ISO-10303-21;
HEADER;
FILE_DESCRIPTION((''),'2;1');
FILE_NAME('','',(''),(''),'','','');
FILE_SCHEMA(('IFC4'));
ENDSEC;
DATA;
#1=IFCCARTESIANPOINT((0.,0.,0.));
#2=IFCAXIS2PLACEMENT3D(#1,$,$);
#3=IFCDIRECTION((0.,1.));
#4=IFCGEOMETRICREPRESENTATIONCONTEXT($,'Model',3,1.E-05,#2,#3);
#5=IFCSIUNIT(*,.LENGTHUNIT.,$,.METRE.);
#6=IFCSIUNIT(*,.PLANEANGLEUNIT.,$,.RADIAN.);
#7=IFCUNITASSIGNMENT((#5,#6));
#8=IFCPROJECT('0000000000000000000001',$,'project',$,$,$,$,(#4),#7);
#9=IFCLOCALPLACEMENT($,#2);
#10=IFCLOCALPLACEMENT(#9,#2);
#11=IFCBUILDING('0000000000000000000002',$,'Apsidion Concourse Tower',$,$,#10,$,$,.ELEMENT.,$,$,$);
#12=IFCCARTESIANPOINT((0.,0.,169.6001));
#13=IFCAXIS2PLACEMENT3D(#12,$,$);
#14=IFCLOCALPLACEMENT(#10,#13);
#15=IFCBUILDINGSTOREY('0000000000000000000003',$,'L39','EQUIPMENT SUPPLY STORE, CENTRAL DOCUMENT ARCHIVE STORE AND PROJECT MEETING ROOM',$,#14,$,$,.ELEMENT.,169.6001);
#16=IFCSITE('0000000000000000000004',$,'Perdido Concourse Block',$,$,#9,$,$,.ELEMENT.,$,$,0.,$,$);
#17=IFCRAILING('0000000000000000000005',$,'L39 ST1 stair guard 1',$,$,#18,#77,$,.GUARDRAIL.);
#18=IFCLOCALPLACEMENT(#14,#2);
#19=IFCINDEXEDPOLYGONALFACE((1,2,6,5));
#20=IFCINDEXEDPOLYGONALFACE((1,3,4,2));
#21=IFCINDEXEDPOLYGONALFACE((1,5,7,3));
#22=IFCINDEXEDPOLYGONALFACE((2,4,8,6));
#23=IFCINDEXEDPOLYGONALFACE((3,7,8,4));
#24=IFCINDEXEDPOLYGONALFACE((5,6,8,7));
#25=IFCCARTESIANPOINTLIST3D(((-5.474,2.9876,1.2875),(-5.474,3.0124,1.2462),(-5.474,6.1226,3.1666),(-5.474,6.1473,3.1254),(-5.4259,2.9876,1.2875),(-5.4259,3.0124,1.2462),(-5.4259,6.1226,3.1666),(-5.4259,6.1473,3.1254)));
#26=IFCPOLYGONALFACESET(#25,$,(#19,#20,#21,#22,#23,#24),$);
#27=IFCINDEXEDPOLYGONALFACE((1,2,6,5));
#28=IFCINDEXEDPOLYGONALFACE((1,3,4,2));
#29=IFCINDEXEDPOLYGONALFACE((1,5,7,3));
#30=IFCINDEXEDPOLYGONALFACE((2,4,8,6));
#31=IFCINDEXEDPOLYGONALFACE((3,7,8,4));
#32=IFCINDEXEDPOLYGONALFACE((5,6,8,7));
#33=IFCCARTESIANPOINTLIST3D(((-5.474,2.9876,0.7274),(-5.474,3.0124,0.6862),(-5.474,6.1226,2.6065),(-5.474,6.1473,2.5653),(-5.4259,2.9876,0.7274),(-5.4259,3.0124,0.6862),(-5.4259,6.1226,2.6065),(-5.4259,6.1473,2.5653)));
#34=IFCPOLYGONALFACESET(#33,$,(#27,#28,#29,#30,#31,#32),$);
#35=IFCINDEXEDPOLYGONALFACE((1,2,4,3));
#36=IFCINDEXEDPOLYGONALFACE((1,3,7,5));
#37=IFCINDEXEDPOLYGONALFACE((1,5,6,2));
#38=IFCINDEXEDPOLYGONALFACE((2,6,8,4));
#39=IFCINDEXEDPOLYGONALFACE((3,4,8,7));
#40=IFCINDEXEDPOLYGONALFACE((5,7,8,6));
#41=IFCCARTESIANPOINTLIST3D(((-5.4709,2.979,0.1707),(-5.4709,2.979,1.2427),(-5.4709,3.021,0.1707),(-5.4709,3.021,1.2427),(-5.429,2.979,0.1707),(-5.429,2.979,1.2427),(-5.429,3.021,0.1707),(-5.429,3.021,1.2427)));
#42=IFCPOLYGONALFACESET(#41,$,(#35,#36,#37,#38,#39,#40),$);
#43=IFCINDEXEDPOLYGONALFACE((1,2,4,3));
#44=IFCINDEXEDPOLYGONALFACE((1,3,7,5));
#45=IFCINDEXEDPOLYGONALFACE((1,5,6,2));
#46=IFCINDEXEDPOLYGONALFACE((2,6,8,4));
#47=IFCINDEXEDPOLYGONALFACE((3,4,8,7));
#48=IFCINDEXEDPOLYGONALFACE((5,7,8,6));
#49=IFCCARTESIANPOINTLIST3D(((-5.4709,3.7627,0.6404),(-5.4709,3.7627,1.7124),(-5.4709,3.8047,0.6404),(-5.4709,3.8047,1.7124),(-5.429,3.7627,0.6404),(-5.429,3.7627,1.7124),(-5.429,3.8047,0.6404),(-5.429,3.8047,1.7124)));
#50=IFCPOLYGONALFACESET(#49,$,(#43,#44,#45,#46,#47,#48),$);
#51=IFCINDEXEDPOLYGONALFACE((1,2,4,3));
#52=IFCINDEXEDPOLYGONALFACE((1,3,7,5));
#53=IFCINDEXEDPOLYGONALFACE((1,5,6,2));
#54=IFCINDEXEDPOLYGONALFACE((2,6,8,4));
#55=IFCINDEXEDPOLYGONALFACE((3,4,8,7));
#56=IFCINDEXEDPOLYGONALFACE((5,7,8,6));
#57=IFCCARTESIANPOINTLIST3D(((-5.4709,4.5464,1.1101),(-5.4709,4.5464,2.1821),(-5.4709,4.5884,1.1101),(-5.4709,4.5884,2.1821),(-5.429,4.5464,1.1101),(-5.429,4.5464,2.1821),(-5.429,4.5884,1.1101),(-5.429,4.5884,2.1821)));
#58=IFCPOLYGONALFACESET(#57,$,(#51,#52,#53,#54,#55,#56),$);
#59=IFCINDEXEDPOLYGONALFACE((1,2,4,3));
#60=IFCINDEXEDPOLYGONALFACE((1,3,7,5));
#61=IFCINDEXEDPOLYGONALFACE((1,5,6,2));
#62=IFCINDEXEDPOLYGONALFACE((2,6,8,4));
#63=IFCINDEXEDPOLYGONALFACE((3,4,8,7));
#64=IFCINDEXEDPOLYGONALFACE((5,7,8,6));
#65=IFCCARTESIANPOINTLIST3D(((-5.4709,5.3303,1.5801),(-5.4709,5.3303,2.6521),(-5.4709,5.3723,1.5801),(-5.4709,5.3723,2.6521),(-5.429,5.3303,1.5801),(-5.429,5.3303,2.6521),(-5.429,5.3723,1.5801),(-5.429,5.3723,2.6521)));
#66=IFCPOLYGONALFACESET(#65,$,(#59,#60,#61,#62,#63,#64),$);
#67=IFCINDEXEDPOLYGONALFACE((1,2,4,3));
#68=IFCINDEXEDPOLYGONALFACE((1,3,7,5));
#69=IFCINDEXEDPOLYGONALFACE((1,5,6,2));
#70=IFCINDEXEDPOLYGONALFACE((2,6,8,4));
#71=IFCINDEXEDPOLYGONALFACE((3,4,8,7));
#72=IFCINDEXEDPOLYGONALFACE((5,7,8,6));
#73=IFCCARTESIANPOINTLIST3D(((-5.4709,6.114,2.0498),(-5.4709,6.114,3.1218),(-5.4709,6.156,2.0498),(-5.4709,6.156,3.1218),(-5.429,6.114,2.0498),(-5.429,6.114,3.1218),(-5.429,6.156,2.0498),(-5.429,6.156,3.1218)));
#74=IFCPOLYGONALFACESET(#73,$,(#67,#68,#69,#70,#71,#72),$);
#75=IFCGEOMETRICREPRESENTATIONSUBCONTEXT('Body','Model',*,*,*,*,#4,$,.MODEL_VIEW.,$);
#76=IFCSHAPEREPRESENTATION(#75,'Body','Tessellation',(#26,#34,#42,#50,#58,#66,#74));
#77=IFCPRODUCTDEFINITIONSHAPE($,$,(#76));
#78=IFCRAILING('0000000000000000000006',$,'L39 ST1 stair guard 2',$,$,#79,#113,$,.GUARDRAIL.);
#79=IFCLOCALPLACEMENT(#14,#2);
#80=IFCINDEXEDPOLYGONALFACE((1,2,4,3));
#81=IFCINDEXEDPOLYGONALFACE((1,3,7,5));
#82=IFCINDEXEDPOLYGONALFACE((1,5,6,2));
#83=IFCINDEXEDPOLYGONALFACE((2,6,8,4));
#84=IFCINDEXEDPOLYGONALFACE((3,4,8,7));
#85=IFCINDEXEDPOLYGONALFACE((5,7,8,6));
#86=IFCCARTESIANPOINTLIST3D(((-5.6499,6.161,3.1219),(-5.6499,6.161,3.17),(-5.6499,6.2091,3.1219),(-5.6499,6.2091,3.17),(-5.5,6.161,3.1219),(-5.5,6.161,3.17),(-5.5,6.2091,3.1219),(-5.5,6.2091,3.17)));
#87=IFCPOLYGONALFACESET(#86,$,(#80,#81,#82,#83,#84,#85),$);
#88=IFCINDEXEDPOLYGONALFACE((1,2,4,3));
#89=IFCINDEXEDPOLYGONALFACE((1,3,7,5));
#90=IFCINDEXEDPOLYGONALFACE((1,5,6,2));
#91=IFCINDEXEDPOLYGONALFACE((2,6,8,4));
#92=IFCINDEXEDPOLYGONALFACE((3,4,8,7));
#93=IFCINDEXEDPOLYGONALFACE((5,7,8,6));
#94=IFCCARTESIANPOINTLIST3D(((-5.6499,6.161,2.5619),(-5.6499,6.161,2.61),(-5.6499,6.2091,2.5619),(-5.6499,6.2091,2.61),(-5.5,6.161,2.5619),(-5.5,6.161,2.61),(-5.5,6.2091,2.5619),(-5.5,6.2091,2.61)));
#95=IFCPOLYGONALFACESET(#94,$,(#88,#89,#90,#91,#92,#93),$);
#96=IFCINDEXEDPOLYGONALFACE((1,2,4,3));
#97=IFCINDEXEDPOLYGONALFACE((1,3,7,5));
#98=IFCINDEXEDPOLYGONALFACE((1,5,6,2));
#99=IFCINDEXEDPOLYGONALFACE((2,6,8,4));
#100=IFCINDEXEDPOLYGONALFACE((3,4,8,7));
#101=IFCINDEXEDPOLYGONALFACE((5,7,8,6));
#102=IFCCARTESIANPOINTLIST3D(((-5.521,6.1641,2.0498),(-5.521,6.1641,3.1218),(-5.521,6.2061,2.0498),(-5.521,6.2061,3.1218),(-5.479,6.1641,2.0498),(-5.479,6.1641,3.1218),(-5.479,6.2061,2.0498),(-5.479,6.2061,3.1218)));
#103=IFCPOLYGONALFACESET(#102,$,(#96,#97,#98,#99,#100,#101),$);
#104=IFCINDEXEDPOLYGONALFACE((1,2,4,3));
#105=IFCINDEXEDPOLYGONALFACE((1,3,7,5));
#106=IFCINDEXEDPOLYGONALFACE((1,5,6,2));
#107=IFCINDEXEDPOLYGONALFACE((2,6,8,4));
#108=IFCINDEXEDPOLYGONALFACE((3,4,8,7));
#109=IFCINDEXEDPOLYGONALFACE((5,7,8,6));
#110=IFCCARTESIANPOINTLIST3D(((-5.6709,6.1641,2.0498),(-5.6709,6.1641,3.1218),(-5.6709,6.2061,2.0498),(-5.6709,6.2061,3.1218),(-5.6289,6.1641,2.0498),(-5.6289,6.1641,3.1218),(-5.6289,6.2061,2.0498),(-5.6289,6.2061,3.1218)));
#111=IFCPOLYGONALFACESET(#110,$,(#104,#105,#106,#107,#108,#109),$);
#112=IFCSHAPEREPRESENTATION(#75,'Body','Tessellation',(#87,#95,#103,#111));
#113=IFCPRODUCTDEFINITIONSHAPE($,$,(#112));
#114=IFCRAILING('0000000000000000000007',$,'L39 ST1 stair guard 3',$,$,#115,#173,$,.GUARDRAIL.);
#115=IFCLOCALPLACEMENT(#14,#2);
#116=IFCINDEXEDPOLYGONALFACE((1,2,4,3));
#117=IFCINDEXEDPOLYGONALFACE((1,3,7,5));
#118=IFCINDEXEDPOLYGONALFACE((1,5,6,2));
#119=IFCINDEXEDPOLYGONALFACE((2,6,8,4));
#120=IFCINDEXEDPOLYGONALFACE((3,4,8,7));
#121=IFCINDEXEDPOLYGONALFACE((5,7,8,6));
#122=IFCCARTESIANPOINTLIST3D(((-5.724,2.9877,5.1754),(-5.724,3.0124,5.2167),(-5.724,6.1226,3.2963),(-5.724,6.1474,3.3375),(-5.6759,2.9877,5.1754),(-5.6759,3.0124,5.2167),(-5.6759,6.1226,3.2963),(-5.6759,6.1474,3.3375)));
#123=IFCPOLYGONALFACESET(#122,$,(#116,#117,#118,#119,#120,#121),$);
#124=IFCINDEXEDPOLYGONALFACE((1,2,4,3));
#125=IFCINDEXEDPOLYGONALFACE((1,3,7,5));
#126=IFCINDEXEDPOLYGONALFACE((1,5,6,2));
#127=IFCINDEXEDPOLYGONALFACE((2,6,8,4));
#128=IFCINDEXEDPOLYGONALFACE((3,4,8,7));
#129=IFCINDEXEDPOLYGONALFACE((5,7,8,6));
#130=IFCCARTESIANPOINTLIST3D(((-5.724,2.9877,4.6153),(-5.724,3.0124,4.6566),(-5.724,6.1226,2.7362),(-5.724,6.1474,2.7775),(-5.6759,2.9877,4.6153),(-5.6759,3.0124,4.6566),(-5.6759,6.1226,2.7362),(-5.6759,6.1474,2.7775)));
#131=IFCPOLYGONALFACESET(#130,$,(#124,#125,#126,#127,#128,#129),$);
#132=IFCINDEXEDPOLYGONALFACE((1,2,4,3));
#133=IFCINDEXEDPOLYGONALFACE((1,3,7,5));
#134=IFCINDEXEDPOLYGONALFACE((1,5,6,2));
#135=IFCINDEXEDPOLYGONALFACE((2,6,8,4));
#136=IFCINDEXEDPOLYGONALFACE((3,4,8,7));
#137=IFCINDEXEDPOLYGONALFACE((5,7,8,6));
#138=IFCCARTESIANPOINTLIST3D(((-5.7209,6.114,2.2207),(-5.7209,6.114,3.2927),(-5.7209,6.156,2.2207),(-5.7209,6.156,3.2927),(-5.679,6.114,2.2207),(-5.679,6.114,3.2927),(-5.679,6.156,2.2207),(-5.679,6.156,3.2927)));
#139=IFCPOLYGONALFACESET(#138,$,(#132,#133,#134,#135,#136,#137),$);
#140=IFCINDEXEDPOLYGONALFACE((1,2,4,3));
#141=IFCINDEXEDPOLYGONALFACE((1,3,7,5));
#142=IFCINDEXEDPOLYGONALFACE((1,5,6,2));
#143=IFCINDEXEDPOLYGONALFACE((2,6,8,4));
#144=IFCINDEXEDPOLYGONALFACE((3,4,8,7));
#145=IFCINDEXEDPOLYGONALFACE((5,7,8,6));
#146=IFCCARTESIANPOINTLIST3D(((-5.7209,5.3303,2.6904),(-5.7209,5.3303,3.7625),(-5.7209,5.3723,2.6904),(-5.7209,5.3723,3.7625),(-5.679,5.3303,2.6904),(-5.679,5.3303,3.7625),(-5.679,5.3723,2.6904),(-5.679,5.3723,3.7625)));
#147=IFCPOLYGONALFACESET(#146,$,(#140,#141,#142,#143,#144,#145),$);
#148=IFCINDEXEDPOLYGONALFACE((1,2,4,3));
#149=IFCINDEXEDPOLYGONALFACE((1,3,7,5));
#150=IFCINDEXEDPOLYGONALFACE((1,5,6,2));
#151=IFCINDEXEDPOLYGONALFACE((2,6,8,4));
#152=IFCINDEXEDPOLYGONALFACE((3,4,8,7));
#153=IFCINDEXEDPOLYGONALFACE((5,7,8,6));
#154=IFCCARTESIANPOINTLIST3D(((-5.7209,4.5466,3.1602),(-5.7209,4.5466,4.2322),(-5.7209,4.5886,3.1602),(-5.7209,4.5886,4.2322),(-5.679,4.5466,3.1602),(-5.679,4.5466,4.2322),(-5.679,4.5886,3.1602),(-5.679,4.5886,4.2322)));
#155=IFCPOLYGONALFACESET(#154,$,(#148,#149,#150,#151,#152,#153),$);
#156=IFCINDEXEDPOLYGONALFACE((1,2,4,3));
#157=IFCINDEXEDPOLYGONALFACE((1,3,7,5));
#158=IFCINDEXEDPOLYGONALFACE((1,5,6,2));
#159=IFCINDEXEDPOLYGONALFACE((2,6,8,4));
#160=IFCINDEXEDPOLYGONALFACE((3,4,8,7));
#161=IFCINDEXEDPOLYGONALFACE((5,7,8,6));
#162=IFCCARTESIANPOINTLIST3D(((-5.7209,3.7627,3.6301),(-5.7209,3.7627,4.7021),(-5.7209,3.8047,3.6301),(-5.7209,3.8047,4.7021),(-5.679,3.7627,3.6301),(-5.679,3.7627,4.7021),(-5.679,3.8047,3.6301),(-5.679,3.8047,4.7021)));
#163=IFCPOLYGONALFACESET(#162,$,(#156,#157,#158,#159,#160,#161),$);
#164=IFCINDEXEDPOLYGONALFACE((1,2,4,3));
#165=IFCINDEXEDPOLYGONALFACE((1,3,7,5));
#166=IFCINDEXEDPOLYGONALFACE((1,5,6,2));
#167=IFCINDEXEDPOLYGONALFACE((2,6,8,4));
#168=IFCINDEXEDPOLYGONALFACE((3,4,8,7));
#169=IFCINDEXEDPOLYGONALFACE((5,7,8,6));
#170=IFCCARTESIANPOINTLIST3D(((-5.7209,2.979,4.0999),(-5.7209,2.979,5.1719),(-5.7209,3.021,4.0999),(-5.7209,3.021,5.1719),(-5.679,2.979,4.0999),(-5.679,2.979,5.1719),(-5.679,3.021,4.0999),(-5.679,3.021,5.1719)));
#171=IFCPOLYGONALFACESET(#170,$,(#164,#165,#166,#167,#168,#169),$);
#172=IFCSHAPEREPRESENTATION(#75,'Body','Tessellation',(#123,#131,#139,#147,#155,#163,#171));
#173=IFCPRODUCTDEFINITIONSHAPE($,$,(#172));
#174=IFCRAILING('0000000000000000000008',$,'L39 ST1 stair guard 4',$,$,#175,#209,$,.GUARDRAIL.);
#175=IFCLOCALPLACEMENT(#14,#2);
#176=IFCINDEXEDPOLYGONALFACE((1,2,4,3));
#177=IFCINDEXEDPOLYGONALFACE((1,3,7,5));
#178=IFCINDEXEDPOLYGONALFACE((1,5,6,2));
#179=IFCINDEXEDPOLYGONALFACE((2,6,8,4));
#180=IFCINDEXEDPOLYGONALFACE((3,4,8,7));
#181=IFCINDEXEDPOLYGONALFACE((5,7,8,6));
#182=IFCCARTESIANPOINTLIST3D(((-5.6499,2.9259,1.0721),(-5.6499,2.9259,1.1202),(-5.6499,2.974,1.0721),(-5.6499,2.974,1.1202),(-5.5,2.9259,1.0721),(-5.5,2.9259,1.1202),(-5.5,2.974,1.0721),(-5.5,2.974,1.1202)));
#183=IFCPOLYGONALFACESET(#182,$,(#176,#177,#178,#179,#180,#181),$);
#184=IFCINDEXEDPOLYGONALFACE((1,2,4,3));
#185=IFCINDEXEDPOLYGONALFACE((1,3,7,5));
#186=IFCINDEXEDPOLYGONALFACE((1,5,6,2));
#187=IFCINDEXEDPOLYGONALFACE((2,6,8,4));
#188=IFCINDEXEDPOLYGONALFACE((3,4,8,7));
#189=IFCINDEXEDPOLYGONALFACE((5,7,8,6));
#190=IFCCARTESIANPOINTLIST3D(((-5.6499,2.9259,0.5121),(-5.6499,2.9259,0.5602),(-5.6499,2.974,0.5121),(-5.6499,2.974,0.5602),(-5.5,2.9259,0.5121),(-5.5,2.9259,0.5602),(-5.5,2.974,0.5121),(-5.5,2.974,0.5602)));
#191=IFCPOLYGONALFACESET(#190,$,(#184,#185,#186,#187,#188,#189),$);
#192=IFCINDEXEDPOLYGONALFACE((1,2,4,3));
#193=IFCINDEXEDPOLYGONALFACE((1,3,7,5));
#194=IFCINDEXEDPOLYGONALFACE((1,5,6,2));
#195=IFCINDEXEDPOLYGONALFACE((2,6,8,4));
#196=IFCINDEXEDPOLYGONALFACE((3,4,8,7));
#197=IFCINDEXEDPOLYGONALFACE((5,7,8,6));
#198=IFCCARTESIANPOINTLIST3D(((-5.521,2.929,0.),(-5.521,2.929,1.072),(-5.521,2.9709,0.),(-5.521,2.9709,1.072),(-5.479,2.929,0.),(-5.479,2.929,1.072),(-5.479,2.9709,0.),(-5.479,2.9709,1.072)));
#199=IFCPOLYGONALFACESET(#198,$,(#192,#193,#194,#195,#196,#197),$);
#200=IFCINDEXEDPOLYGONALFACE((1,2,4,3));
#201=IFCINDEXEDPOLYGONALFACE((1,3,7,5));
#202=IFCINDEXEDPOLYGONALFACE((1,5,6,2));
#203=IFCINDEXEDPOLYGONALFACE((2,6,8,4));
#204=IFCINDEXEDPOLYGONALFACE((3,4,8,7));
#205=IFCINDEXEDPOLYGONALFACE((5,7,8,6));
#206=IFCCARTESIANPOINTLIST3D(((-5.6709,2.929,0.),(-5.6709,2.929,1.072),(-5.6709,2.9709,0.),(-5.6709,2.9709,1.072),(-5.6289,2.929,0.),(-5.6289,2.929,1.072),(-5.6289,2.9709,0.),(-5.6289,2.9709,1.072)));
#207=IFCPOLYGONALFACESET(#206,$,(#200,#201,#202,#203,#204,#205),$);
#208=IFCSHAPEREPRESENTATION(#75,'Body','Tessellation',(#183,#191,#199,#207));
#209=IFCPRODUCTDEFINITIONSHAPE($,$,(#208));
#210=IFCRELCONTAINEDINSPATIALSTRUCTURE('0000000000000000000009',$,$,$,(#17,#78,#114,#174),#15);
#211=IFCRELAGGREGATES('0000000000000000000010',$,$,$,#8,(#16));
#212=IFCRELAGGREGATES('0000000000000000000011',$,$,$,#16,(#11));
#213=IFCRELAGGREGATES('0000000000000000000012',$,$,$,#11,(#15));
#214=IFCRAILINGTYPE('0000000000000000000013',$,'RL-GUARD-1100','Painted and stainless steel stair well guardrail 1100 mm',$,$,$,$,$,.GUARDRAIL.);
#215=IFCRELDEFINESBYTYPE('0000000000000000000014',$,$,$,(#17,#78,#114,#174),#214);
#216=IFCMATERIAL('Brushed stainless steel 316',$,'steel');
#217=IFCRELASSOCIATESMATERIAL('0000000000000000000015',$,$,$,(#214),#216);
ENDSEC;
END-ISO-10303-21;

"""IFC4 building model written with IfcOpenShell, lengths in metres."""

from ifc_helpers import new_model, si_unit, direction, frame, origin, origin_2d, place, context, subcontext, project, spatial, rectangle, extrude, material, type_object, element, save


model = new_model("IFC4")

# Units and contexts
model_context = context("Model", 3, precision=1e-05, world=origin(), true_north=direction((0.0, 1.0)))
body_context = subcontext(model_context, "Body", "Model", "MODEL_VIEW")
ifc_project = project(units=[si_unit("LENGTHUNIT", "METRE"), si_unit("PLANEANGLEUNIT", "RADIAN")], contexts=[model_context])

# Site, building, storey
site_placement = place(None, origin())
site = spatial("IfcSite", under=ifc_project, at=site_placement, Name="Perdido Concourse Block", CompositionType="ELEMENT", RefElevation=0.0)
building_placement = place(site_placement, origin())
building = spatial("IfcBuilding", under=site, at=building_placement, Name="Apsidion Concourse Tower", CompositionType="ELEMENT")
storey_placement = place(building_placement, frame((0.0, 0.0, 169.6001)))
storey = spatial("IfcBuildingStorey", under=building, at=storey_placement, Name="L39", Description="EQUIPMENT SUPPLY STORE, CENTRAL DOCUMENT ARCHIVE STORE AND PROJECT MEETING ROOM", CompositionType="ELEMENT", Elevation=169.6001)

# Shared definitions
ifc_material_1 = material(Name="Brushed stainless steel 316", Category="steel")

# Railings
railing_type_1 = type_object("IfcRailingType", Name="RL-GUARD-1100", Description="Painted and stainless steel stair well guardrail 1100 mm", PredefinedType="GUARDRAIL", material=ifc_material_1)
railing_1_placement = place(storey_placement, frame((-5.45, 3.0, 0.1707)))
element("IfcRailing", 1, at=railing_1_placement, inside=storey, type_object=railing_type_1, Name="L39 ST1 stair guard 1", PredefinedType="GUARDRAIL", context=body_context, shape_type="SweptSolid", body=[
    extrude(rectangle(XDim=0.0481, YDim=0.0481, at=origin_2d()), frame((0.0, 0.0, 1.0962), z_axis=(0.0, 0.857717, 0.514122), x_axis=(-1.0, 0.0, 0.0)), (0.0, 0.0, 1.0), 3.655),
    extrude(rectangle(XDim=0.0481, YDim=0.0481, at=origin_2d()), frame((0.0, 0.0, 0.5361), z_axis=(0.0, 0.857717, 0.514122), x_axis=(-1.0, 0.0, 0.0)), (0.0, 0.0, 1.0), 3.655),
    extrude(rectangle(XDim=0.042, YDim=0.042, at=origin_2d()), origin(), (0.0, 0.0, 1.0), 1.072),
    extrude(rectangle(XDim=0.042, YDim=0.042, at=origin_2d()), frame((0.0, 0.7837, 0.4697)), (0.0, 0.0, 1.0), 1.072),
    extrude(rectangle(XDim=0.042, YDim=0.042, at=origin_2d()), frame((0.0, 1.5674, 0.9395)), (0.0, 0.0, 1.0), 1.072),
    extrude(rectangle(XDim=0.042, YDim=0.042, at=origin_2d()), frame((0.0, 2.3513, 1.4094)), (0.0, 0.0, 1.0), 1.072),
    extrude(rectangle(XDim=0.042, YDim=0.042, at=origin_2d()), frame((0.0, 3.135, 1.8792)), (0.0, 0.0, 1.0), 1.072),
])
railing_2_placement = place(storey_placement, frame((-5.5, 6.1851, 2.0498)))
element("IfcRailing", 2, at=railing_2_placement, inside=storey, type_object=railing_type_1, Name="L39 ST1 stair guard 2", PredefinedType="GUARDRAIL", context=body_context, shape_type="SweptSolid", body=[
    extrude(rectangle(XDim=0.0481, YDim=0.0481, at=origin_2d()), frame((0.0, 0.0, 1.0962), z_axis=(-1.0, 0.0, 0.0), x_axis=(0.0, -1.0, 0.0)), (0.0, 0.0, 1.0), 0.1499),
    extrude(rectangle(XDim=0.0481, YDim=0.0481, at=origin_2d()), frame((0.0, 0.0, 0.5361), z_axis=(-1.0, 0.0, 0.0), x_axis=(0.0, -1.0, 0.0)), (0.0, 0.0, 1.0), 0.1499),
    extrude(rectangle(XDim=0.042, YDim=0.042, at=origin_2d()), origin(), (0.0, 0.0, 1.0), 1.072),
    extrude(rectangle(XDim=0.042, YDim=0.042, at=origin_2d()), frame((-0.1499, 0.0, 0.0)), (0.0, 0.0, 1.0), 1.072),
])
railing_3_placement = place(storey_placement, frame((-5.7, 6.135, 2.2207)))
element("IfcRailing", 3, at=railing_3_placement, inside=storey, type_object=railing_type_1, Name="L39 ST1 stair guard 3", PredefinedType="GUARDRAIL", context=body_context, shape_type="SweptSolid", body=[
    extrude(rectangle(XDim=0.0481, YDim=0.0481, at=origin_2d()), frame((0.0, 0.0, 1.0962), z_axis=(0.0, -0.857717, 0.514122), x_axis=(1.0, 0.0, 0.0)), (0.0, 0.0, 1.0), 3.655),
    extrude(rectangle(XDim=0.0481, YDim=0.0481, at=origin_2d()), frame((0.0, 0.0, 0.5361), z_axis=(0.0, -0.857717, 0.514122), x_axis=(1.0, 0.0, 0.0)), (0.0, 0.0, 1.0), 3.655),
    extrude(rectangle(XDim=0.042, YDim=0.042, at=origin_2d()), origin(), (0.0, 0.0, 1.0), 1.072),
    extrude(rectangle(XDim=0.042, YDim=0.042, at=origin_2d()), frame((0.0, -0.7837, 0.4697)), (0.0, 0.0, 1.0), 1.072),
    extrude(rectangle(XDim=0.042, YDim=0.042, at=origin_2d()), frame((0.0, -1.5674, 0.9395)), (0.0, 0.0, 1.0), 1.072),
    extrude(rectangle(XDim=0.042, YDim=0.042, at=origin_2d()), frame((0.0, -2.3513, 1.4094)), (0.0, 0.0, 1.0), 1.072),
    extrude(rectangle(XDim=0.042, YDim=0.042, at=origin_2d()), frame((0.0, -3.135, 1.8792)), (0.0, 0.0, 1.0), 1.072),
])
railing_4_placement = place(storey_placement, frame((-5.5, 2.95, 0.0)))
element("IfcRailing", 4, at=railing_4_placement, inside=storey, type_object=railing_type_1, Name="L39 ST1 stair guard 4", PredefinedType="GUARDRAIL", context=body_context, shape_type="SweptSolid", body=[
    extrude(rectangle(XDim=0.0481, YDim=0.0481, at=origin_2d()), frame((0.0, 0.0, 1.0962), z_axis=(-1.0, 0.0, 0.0), x_axis=(0.0, -1.0, 0.0)), (0.0, 0.0, 1.0), 0.1499),
    extrude(rectangle(XDim=0.0481, YDim=0.0481, at=origin_2d()), frame((0.0, 0.0, 0.5361), z_axis=(-1.0, 0.0, 0.0), x_axis=(0.0, -1.0, 0.0)), (0.0, 0.0, 1.0), 0.1499),
    extrude(rectangle(XDim=0.042, YDim=0.042, at=origin_2d()), origin(), (0.0, 0.0, 1.0), 1.072),
    extrude(rectangle(XDim=0.042, YDim=0.042, at=origin_2d()), frame((-0.1499, 0.0, 0.0)), (0.0, 0.0, 1.0), 1.072),
])

save(model, "model.ifc")
